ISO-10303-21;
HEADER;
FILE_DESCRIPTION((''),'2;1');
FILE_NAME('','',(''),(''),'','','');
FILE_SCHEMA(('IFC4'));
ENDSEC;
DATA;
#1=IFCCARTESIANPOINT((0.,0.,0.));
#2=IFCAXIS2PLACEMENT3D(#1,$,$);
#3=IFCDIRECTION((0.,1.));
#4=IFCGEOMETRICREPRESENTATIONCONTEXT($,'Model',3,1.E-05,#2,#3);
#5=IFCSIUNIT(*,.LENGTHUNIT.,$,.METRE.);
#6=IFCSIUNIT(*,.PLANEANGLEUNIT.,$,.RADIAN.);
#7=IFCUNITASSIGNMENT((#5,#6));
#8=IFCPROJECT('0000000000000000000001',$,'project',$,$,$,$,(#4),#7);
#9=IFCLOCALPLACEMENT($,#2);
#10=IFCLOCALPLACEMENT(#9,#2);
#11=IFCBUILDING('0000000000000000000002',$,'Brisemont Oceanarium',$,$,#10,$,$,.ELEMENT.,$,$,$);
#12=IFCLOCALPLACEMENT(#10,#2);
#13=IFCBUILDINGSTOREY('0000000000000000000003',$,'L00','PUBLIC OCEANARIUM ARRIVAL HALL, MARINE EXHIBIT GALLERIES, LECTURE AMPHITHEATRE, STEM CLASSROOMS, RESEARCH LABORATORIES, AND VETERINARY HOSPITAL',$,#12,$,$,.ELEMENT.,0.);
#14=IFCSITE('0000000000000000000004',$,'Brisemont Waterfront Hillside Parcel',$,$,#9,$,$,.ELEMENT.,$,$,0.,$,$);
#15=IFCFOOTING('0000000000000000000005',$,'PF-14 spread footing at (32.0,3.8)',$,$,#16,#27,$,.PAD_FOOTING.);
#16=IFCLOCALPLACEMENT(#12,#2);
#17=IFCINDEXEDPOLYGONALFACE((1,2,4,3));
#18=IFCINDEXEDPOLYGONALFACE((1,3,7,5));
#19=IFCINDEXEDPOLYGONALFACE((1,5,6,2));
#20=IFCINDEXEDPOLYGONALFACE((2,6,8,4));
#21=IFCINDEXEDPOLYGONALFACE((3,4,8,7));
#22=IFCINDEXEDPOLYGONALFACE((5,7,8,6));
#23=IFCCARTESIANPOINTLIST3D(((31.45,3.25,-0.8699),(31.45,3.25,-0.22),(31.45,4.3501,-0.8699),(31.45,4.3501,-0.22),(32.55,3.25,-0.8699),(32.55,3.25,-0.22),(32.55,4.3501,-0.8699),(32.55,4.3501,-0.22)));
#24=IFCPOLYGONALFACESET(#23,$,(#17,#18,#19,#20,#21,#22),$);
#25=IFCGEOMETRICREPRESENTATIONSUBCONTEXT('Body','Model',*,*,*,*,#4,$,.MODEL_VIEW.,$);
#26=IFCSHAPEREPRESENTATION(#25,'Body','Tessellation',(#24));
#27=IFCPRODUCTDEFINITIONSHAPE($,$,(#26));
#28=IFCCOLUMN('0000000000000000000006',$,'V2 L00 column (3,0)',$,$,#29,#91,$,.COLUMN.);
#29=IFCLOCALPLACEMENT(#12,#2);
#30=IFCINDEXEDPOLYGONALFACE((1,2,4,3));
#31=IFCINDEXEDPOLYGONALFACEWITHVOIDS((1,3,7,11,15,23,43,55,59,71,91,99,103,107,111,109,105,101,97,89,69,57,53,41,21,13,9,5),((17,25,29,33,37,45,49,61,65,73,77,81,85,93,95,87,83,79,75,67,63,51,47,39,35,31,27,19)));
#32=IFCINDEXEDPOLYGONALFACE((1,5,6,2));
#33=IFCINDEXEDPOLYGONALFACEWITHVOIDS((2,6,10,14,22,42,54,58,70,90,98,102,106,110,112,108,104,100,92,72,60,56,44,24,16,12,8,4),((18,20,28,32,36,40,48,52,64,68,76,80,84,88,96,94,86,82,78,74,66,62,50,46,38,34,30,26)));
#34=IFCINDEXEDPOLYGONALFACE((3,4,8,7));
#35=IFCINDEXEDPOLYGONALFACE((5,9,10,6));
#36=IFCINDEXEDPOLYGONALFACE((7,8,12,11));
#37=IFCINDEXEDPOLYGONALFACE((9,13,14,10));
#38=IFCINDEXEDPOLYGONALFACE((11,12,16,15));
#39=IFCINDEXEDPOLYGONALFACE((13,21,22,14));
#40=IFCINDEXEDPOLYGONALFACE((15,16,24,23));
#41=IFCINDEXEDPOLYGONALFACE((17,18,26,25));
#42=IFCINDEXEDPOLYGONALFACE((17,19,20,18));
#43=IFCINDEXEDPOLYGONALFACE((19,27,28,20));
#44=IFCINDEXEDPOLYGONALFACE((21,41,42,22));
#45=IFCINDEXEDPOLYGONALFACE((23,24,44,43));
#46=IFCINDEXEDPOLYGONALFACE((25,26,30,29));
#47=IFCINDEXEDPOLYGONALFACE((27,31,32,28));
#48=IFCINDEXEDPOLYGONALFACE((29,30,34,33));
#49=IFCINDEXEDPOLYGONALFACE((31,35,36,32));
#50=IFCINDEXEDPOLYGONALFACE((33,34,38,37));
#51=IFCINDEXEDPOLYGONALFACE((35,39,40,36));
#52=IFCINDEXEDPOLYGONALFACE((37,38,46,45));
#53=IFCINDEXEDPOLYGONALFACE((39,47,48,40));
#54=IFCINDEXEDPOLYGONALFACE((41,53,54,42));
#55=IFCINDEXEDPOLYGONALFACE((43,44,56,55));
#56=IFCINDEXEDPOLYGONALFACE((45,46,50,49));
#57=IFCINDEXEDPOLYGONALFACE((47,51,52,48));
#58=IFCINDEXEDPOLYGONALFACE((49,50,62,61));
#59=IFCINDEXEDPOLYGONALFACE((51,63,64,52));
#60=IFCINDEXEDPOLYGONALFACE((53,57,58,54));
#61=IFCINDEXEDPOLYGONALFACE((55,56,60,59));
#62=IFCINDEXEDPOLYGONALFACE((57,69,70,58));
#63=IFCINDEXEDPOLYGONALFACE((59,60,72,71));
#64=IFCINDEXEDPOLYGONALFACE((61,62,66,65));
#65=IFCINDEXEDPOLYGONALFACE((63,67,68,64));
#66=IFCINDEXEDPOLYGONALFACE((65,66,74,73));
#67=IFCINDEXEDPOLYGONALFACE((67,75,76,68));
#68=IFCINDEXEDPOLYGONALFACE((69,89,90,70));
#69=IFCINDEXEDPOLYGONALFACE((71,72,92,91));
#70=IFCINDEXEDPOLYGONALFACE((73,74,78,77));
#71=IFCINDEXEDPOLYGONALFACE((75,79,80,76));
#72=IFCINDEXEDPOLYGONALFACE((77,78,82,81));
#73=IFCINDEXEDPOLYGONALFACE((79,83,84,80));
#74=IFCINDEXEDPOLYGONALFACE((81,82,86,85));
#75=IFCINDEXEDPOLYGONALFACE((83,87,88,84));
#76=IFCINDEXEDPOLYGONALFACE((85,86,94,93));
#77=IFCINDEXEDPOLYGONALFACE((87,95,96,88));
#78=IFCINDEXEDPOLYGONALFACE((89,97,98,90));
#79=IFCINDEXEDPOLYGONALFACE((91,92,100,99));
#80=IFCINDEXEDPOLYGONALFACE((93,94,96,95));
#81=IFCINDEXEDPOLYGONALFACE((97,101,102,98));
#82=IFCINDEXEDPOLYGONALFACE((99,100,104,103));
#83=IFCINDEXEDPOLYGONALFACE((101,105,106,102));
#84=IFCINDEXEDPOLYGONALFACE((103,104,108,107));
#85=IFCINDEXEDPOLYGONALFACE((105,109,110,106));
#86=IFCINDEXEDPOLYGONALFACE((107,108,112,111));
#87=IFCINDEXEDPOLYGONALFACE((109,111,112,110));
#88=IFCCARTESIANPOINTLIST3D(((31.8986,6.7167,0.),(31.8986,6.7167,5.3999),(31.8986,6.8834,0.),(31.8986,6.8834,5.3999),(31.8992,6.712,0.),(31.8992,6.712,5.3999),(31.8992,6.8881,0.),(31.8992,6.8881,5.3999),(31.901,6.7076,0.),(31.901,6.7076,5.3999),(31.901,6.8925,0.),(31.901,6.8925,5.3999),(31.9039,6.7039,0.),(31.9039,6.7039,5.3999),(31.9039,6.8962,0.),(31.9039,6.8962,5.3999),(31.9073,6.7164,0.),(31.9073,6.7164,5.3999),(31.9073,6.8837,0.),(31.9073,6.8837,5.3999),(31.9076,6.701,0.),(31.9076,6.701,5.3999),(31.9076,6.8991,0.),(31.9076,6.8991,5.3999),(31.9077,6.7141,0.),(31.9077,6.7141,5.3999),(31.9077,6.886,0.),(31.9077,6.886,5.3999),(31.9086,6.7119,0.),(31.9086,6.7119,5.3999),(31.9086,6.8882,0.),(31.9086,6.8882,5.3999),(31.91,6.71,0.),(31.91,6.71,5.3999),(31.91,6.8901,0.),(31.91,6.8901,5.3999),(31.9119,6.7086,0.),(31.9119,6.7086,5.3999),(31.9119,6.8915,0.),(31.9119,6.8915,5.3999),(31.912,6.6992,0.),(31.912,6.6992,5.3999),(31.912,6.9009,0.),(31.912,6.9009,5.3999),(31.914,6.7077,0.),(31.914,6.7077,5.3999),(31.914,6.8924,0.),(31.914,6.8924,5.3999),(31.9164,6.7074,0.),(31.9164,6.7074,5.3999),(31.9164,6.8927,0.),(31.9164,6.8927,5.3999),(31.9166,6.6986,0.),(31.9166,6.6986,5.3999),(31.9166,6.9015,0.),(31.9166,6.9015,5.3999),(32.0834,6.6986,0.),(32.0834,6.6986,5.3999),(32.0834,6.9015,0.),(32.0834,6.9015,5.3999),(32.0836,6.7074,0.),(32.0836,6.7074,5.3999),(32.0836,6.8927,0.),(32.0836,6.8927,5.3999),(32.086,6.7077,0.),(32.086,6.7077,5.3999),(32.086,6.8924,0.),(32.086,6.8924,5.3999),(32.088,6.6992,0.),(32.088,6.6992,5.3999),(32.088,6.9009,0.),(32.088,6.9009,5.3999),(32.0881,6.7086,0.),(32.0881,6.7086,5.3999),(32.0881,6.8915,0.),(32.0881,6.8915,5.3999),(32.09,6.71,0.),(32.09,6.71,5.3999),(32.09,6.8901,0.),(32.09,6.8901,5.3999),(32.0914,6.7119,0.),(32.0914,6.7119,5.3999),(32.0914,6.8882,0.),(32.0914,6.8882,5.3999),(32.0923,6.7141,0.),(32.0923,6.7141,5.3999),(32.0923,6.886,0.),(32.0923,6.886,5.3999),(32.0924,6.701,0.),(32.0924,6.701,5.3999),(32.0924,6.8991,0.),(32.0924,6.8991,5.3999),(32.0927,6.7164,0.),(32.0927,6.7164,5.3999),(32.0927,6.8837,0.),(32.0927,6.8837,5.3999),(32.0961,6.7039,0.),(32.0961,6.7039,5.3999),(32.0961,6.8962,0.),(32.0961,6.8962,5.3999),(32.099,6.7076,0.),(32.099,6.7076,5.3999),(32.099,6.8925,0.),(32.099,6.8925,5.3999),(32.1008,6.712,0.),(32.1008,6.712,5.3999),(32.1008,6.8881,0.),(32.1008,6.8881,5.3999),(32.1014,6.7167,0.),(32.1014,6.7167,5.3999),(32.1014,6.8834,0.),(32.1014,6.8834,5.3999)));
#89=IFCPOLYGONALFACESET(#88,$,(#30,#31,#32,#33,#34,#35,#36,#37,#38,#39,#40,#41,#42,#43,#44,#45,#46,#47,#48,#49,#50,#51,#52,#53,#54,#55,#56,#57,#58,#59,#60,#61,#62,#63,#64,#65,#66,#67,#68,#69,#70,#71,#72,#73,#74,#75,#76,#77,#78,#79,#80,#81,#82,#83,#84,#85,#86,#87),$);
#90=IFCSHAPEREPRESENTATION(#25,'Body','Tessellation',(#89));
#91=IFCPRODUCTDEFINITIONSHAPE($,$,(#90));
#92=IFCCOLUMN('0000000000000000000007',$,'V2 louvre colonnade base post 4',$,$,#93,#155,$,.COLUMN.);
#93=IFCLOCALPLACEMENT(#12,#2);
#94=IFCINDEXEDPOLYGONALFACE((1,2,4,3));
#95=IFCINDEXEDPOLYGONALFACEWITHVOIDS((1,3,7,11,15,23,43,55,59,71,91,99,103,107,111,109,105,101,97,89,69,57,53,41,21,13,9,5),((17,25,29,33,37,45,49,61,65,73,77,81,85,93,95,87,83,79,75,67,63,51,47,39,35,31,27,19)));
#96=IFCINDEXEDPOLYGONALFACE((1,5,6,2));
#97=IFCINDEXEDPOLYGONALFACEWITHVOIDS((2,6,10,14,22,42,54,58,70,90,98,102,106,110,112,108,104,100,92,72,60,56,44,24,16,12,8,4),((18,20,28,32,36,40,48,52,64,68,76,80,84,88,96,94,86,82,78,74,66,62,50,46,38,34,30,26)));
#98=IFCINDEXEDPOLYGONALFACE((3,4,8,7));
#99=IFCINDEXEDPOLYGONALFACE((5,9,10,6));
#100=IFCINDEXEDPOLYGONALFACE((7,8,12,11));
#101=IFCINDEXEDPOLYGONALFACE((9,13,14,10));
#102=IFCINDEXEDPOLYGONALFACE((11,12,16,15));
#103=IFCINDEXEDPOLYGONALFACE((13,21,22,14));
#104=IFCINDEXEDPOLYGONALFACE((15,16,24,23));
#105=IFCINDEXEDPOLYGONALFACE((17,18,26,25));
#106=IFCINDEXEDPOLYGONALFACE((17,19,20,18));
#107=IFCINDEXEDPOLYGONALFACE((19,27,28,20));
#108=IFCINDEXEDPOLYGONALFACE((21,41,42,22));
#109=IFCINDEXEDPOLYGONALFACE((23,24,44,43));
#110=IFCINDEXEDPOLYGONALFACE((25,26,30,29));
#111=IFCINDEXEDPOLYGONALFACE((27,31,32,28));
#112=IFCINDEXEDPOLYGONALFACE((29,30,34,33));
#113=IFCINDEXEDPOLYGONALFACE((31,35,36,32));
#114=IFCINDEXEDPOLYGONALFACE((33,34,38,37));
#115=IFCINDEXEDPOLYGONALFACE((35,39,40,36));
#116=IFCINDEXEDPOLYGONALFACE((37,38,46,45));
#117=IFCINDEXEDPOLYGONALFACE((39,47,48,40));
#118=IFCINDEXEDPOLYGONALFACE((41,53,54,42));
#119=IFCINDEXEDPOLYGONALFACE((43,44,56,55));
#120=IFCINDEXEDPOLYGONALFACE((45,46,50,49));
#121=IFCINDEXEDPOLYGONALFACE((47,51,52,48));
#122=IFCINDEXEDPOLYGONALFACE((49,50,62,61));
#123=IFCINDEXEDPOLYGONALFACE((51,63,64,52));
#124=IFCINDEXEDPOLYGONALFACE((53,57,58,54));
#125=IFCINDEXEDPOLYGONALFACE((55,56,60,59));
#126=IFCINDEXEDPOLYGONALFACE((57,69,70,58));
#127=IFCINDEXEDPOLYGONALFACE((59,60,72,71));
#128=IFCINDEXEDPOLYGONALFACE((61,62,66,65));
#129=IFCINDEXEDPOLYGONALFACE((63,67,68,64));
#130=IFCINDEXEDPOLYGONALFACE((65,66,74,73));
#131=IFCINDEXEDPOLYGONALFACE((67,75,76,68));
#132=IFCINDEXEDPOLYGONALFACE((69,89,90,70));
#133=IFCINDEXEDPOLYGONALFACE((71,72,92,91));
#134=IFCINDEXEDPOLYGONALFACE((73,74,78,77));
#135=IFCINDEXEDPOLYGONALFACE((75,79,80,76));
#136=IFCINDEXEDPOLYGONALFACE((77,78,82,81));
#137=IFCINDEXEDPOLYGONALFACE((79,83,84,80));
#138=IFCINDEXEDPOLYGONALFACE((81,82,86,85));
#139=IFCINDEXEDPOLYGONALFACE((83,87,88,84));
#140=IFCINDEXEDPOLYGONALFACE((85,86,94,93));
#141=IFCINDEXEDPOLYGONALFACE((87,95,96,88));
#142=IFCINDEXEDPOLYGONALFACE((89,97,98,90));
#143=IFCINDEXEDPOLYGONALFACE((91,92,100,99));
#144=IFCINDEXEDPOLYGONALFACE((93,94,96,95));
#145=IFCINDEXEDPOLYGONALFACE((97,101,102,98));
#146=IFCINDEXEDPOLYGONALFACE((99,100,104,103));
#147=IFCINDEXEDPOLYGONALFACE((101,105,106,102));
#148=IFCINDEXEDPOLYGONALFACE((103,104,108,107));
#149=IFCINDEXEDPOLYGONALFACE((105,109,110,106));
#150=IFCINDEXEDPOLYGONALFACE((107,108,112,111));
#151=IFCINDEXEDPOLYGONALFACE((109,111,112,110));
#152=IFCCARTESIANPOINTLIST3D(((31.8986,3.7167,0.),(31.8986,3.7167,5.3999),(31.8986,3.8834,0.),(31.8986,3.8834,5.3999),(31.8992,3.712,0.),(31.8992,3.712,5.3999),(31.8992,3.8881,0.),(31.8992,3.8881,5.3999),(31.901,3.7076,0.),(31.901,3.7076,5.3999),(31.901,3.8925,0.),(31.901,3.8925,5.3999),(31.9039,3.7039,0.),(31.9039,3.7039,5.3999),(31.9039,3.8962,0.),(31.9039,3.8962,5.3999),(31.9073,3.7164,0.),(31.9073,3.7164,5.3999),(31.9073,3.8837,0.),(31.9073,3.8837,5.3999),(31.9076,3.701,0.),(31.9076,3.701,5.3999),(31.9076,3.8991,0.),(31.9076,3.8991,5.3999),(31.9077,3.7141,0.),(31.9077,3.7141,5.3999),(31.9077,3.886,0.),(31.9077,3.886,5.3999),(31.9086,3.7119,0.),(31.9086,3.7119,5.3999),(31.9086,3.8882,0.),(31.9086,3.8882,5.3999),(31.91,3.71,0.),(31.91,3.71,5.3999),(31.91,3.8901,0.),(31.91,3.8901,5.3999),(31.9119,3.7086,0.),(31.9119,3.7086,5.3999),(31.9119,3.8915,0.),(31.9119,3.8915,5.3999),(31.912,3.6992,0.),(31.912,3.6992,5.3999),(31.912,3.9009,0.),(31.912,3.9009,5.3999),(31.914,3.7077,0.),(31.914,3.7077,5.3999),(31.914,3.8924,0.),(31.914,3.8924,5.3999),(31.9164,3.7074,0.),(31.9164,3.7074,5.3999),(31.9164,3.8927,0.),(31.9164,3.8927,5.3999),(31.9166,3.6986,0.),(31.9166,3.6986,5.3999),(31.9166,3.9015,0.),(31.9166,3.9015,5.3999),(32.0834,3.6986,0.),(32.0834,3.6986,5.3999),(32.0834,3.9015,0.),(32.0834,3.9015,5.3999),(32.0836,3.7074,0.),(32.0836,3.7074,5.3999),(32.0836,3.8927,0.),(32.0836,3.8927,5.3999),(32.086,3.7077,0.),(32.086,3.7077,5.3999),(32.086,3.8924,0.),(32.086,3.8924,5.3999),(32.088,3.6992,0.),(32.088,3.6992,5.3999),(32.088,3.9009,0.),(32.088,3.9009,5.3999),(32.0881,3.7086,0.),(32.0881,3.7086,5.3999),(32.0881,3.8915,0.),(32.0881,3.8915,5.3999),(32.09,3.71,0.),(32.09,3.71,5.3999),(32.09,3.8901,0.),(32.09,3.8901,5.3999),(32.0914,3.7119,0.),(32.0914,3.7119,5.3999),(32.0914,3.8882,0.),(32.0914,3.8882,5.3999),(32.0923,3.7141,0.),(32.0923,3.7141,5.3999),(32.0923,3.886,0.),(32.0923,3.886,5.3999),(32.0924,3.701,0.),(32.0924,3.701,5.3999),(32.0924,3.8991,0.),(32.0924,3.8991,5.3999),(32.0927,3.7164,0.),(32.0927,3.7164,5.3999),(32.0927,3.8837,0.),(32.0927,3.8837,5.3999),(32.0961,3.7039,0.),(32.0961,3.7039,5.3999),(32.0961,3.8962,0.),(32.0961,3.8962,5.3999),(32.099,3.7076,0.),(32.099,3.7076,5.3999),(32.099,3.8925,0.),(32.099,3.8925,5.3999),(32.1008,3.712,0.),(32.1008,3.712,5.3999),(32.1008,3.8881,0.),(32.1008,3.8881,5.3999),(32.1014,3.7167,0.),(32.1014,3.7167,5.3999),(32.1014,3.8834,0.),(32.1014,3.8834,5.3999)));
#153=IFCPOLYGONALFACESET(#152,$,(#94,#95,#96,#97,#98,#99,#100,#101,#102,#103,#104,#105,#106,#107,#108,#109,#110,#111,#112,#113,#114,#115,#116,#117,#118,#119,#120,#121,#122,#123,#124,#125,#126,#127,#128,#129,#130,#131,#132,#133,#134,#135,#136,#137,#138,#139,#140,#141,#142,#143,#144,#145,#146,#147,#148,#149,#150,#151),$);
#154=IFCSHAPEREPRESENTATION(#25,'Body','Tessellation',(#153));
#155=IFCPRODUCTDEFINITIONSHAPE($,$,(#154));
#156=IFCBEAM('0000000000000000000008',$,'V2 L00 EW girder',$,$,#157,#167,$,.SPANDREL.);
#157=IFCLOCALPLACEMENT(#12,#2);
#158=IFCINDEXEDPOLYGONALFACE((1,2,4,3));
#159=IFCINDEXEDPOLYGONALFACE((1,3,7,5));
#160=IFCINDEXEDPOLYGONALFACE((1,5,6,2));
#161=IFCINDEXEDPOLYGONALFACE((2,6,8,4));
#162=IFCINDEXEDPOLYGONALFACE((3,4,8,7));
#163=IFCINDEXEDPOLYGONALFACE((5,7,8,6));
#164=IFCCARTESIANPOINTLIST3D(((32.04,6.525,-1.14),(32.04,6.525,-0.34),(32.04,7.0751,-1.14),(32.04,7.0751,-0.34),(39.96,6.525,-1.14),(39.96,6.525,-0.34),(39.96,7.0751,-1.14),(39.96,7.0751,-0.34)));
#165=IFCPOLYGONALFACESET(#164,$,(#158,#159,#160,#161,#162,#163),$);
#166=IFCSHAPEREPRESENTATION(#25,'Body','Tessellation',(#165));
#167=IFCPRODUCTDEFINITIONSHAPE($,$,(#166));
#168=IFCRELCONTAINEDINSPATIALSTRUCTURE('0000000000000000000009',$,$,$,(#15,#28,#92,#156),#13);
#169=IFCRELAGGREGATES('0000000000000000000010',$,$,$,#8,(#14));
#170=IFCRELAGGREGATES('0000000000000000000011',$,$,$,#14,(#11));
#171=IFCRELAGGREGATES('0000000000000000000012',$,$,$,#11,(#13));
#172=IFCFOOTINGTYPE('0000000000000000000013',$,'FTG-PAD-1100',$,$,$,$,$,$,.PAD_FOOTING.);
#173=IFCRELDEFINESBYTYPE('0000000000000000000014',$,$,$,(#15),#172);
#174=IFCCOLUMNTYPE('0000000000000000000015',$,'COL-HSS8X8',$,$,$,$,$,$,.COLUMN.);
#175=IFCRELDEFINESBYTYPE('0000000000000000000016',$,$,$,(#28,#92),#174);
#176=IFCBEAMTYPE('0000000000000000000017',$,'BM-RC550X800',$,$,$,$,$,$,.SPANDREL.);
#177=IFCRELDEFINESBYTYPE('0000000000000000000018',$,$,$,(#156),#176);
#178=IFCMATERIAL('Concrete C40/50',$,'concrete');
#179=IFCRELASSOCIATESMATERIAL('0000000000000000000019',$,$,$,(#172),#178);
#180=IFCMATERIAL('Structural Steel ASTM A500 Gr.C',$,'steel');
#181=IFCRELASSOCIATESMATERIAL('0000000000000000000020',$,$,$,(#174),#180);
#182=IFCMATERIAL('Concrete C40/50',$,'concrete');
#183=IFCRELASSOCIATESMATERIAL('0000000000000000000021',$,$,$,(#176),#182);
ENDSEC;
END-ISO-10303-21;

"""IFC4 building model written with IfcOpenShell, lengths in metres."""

from ifc_helpers import new_model, si_unit, direction, frame, origin, origin_2d, place, context, subcontext, project, spatial, rectangle, hollow_rectangle, extrude, material, material_profile, profile_set, type_object, element, save


model = new_model("IFC4")

# Units and contexts
model_context = context("Model", 3, precision=1e-05, world=origin(), true_north=direction((0.0, 1.0)))
body_context = subcontext(model_context, "Body", "Model", "MODEL_VIEW")
ifc_project = project(units=[si_unit("LENGTHUNIT", "METRE"), si_unit("PLANEANGLEUNIT", "RADIAN")], contexts=[model_context])

# Site, building, storey
site_placement = place(None, origin())
site = spatial("IfcSite", under=ifc_project, at=site_placement, Name="Brisemont Waterfront Hillside Parcel", CompositionType="ELEMENT", RefElevation=0.0)
building_placement = place(site_placement, origin())
building = spatial("IfcBuilding", under=site, at=building_placement, Name="Brisemont Oceanarium", CompositionType="ELEMENT")
storey_placement = place(building_placement, origin())
storey = spatial("IfcBuildingStorey", under=building, at=storey_placement, Name="L00", Description="PUBLIC OCEANARIUM ARRIVAL HALL, MARINE EXHIBIT GALLERIES, LECTURE AMPHITHEATRE, STEM CLASSROOMS, RESEARCH LABORATORIES, AND VETERINARY HOSPITAL", CompositionType="ELEMENT", Elevation=0.0)

# Footing
ifc_material_1 = material(Name="Concrete C40/50", Category="concrete")
footing_type = type_object("IfcFootingType", Name="FTG-PAD-1100", PredefinedType="PAD_FOOTING", material=ifc_material_1)
footing_placement = place(storey_placement, frame((32.0, 3.8, -0.8699), z_axis=(0.0, 0.0, 1.0), x_axis=(1.0, 0.0, 0.0)))
element("IfcFooting", 1, at=footing_placement, inside=storey, type_object=footing_type, Name="PF-14 spread footing at (32.0,3.8)", PredefinedType="PAD_FOOTING", context=body_context, shape_type="SweptSolid", body=[
    extrude(rectangle(XDim=1.1001, YDim=1.1001, at=origin_2d()), origin(), (0.0, 0.0, 1.0), 0.6499),
])

# Columns
ifc_material_2 = material(Name="Structural Steel ASTM A500 Gr.C", Category="steel")
ifc_material_profile_1 = material_profile(ifc_material_2, hollow_rectangle(XDim=0.2029, YDim=0.2029, WallThickness=0.0088, InnerFilletRadius=0.009, OuterFilletRadius=0.0181, at=origin_2d()), Name="HSS8X8X3/8")
ifc_profile_set_1 = profile_set([ifc_material_profile_1], Name="Structural Steel ASTM A500 Gr.C")
column_type = type_object("IfcColumnType", Name="COL-HSS8X8", PredefinedType="COLUMN", material=ifc_profile_set_1)
for number, where, z_axis, x_axis, name in (
    (2, (32.0, 6.8, 0.0), (0.0, 0.0, 1.0), (0.0, 1.0, 0.0), "V2 L00 column (3,0)"),
    (3, (32.0, 3.8, 0.0), (0.0, 0.0, 1.0), (1.0, 0.0, 0.0), "V2 louvre colonnade base post 4"),
):
    element("IfcColumn", number, at=place(storey_placement, frame(where, z_axis=z_axis, x_axis=x_axis)), inside=storey, type_object=column_type, Name=name, PredefinedType="COLUMN", context=body_context, shape_type="SweptSolid", body=[
        extrude(hollow_rectangle(XDim=0.2029, YDim=0.2029, WallThickness=0.0088, InnerFilletRadius=0.009, OuterFilletRadius=0.0181, at=origin_2d()), origin(), (0.0, 0.0, 1.0), 5.3999),
    ])

# Beam
ifc_material_3 = material(Name="Concrete C40/50", Category="concrete")
ifc_material_profile_2 = material_profile(ifc_material_3, rectangle(XDim=0.55, YDim=0.8, at=origin_2d()), Name="RC-BM-550X800")
ifc_profile_set_2 = profile_set([ifc_material_profile_2], Name="Concrete C40/50")
beam_type_1 = type_object("IfcBeamType", Name="BM-RC550X800", PredefinedType="SPANDREL", material=ifc_profile_set_2)
beam_1_placement = place(storey_placement, frame((32.04, 6.8, -0.74), z_axis=(1.0, 0.0, 0.0), x_axis=(0.0, 1.0, 0.0)))
element("IfcBeam", 4, at=beam_1_placement, inside=storey, type_object=beam_type_1, Name="V2 L00 EW girder", PredefinedType="SPANDREL", context=body_context, shape_type="SweptSolid", body=[
    extrude(rectangle(XDim=0.55, YDim=0.8, at=origin_2d()), origin(), (0.0, 0.0, 1.0), 7.9199),
])

save(model, "model.ifc")
